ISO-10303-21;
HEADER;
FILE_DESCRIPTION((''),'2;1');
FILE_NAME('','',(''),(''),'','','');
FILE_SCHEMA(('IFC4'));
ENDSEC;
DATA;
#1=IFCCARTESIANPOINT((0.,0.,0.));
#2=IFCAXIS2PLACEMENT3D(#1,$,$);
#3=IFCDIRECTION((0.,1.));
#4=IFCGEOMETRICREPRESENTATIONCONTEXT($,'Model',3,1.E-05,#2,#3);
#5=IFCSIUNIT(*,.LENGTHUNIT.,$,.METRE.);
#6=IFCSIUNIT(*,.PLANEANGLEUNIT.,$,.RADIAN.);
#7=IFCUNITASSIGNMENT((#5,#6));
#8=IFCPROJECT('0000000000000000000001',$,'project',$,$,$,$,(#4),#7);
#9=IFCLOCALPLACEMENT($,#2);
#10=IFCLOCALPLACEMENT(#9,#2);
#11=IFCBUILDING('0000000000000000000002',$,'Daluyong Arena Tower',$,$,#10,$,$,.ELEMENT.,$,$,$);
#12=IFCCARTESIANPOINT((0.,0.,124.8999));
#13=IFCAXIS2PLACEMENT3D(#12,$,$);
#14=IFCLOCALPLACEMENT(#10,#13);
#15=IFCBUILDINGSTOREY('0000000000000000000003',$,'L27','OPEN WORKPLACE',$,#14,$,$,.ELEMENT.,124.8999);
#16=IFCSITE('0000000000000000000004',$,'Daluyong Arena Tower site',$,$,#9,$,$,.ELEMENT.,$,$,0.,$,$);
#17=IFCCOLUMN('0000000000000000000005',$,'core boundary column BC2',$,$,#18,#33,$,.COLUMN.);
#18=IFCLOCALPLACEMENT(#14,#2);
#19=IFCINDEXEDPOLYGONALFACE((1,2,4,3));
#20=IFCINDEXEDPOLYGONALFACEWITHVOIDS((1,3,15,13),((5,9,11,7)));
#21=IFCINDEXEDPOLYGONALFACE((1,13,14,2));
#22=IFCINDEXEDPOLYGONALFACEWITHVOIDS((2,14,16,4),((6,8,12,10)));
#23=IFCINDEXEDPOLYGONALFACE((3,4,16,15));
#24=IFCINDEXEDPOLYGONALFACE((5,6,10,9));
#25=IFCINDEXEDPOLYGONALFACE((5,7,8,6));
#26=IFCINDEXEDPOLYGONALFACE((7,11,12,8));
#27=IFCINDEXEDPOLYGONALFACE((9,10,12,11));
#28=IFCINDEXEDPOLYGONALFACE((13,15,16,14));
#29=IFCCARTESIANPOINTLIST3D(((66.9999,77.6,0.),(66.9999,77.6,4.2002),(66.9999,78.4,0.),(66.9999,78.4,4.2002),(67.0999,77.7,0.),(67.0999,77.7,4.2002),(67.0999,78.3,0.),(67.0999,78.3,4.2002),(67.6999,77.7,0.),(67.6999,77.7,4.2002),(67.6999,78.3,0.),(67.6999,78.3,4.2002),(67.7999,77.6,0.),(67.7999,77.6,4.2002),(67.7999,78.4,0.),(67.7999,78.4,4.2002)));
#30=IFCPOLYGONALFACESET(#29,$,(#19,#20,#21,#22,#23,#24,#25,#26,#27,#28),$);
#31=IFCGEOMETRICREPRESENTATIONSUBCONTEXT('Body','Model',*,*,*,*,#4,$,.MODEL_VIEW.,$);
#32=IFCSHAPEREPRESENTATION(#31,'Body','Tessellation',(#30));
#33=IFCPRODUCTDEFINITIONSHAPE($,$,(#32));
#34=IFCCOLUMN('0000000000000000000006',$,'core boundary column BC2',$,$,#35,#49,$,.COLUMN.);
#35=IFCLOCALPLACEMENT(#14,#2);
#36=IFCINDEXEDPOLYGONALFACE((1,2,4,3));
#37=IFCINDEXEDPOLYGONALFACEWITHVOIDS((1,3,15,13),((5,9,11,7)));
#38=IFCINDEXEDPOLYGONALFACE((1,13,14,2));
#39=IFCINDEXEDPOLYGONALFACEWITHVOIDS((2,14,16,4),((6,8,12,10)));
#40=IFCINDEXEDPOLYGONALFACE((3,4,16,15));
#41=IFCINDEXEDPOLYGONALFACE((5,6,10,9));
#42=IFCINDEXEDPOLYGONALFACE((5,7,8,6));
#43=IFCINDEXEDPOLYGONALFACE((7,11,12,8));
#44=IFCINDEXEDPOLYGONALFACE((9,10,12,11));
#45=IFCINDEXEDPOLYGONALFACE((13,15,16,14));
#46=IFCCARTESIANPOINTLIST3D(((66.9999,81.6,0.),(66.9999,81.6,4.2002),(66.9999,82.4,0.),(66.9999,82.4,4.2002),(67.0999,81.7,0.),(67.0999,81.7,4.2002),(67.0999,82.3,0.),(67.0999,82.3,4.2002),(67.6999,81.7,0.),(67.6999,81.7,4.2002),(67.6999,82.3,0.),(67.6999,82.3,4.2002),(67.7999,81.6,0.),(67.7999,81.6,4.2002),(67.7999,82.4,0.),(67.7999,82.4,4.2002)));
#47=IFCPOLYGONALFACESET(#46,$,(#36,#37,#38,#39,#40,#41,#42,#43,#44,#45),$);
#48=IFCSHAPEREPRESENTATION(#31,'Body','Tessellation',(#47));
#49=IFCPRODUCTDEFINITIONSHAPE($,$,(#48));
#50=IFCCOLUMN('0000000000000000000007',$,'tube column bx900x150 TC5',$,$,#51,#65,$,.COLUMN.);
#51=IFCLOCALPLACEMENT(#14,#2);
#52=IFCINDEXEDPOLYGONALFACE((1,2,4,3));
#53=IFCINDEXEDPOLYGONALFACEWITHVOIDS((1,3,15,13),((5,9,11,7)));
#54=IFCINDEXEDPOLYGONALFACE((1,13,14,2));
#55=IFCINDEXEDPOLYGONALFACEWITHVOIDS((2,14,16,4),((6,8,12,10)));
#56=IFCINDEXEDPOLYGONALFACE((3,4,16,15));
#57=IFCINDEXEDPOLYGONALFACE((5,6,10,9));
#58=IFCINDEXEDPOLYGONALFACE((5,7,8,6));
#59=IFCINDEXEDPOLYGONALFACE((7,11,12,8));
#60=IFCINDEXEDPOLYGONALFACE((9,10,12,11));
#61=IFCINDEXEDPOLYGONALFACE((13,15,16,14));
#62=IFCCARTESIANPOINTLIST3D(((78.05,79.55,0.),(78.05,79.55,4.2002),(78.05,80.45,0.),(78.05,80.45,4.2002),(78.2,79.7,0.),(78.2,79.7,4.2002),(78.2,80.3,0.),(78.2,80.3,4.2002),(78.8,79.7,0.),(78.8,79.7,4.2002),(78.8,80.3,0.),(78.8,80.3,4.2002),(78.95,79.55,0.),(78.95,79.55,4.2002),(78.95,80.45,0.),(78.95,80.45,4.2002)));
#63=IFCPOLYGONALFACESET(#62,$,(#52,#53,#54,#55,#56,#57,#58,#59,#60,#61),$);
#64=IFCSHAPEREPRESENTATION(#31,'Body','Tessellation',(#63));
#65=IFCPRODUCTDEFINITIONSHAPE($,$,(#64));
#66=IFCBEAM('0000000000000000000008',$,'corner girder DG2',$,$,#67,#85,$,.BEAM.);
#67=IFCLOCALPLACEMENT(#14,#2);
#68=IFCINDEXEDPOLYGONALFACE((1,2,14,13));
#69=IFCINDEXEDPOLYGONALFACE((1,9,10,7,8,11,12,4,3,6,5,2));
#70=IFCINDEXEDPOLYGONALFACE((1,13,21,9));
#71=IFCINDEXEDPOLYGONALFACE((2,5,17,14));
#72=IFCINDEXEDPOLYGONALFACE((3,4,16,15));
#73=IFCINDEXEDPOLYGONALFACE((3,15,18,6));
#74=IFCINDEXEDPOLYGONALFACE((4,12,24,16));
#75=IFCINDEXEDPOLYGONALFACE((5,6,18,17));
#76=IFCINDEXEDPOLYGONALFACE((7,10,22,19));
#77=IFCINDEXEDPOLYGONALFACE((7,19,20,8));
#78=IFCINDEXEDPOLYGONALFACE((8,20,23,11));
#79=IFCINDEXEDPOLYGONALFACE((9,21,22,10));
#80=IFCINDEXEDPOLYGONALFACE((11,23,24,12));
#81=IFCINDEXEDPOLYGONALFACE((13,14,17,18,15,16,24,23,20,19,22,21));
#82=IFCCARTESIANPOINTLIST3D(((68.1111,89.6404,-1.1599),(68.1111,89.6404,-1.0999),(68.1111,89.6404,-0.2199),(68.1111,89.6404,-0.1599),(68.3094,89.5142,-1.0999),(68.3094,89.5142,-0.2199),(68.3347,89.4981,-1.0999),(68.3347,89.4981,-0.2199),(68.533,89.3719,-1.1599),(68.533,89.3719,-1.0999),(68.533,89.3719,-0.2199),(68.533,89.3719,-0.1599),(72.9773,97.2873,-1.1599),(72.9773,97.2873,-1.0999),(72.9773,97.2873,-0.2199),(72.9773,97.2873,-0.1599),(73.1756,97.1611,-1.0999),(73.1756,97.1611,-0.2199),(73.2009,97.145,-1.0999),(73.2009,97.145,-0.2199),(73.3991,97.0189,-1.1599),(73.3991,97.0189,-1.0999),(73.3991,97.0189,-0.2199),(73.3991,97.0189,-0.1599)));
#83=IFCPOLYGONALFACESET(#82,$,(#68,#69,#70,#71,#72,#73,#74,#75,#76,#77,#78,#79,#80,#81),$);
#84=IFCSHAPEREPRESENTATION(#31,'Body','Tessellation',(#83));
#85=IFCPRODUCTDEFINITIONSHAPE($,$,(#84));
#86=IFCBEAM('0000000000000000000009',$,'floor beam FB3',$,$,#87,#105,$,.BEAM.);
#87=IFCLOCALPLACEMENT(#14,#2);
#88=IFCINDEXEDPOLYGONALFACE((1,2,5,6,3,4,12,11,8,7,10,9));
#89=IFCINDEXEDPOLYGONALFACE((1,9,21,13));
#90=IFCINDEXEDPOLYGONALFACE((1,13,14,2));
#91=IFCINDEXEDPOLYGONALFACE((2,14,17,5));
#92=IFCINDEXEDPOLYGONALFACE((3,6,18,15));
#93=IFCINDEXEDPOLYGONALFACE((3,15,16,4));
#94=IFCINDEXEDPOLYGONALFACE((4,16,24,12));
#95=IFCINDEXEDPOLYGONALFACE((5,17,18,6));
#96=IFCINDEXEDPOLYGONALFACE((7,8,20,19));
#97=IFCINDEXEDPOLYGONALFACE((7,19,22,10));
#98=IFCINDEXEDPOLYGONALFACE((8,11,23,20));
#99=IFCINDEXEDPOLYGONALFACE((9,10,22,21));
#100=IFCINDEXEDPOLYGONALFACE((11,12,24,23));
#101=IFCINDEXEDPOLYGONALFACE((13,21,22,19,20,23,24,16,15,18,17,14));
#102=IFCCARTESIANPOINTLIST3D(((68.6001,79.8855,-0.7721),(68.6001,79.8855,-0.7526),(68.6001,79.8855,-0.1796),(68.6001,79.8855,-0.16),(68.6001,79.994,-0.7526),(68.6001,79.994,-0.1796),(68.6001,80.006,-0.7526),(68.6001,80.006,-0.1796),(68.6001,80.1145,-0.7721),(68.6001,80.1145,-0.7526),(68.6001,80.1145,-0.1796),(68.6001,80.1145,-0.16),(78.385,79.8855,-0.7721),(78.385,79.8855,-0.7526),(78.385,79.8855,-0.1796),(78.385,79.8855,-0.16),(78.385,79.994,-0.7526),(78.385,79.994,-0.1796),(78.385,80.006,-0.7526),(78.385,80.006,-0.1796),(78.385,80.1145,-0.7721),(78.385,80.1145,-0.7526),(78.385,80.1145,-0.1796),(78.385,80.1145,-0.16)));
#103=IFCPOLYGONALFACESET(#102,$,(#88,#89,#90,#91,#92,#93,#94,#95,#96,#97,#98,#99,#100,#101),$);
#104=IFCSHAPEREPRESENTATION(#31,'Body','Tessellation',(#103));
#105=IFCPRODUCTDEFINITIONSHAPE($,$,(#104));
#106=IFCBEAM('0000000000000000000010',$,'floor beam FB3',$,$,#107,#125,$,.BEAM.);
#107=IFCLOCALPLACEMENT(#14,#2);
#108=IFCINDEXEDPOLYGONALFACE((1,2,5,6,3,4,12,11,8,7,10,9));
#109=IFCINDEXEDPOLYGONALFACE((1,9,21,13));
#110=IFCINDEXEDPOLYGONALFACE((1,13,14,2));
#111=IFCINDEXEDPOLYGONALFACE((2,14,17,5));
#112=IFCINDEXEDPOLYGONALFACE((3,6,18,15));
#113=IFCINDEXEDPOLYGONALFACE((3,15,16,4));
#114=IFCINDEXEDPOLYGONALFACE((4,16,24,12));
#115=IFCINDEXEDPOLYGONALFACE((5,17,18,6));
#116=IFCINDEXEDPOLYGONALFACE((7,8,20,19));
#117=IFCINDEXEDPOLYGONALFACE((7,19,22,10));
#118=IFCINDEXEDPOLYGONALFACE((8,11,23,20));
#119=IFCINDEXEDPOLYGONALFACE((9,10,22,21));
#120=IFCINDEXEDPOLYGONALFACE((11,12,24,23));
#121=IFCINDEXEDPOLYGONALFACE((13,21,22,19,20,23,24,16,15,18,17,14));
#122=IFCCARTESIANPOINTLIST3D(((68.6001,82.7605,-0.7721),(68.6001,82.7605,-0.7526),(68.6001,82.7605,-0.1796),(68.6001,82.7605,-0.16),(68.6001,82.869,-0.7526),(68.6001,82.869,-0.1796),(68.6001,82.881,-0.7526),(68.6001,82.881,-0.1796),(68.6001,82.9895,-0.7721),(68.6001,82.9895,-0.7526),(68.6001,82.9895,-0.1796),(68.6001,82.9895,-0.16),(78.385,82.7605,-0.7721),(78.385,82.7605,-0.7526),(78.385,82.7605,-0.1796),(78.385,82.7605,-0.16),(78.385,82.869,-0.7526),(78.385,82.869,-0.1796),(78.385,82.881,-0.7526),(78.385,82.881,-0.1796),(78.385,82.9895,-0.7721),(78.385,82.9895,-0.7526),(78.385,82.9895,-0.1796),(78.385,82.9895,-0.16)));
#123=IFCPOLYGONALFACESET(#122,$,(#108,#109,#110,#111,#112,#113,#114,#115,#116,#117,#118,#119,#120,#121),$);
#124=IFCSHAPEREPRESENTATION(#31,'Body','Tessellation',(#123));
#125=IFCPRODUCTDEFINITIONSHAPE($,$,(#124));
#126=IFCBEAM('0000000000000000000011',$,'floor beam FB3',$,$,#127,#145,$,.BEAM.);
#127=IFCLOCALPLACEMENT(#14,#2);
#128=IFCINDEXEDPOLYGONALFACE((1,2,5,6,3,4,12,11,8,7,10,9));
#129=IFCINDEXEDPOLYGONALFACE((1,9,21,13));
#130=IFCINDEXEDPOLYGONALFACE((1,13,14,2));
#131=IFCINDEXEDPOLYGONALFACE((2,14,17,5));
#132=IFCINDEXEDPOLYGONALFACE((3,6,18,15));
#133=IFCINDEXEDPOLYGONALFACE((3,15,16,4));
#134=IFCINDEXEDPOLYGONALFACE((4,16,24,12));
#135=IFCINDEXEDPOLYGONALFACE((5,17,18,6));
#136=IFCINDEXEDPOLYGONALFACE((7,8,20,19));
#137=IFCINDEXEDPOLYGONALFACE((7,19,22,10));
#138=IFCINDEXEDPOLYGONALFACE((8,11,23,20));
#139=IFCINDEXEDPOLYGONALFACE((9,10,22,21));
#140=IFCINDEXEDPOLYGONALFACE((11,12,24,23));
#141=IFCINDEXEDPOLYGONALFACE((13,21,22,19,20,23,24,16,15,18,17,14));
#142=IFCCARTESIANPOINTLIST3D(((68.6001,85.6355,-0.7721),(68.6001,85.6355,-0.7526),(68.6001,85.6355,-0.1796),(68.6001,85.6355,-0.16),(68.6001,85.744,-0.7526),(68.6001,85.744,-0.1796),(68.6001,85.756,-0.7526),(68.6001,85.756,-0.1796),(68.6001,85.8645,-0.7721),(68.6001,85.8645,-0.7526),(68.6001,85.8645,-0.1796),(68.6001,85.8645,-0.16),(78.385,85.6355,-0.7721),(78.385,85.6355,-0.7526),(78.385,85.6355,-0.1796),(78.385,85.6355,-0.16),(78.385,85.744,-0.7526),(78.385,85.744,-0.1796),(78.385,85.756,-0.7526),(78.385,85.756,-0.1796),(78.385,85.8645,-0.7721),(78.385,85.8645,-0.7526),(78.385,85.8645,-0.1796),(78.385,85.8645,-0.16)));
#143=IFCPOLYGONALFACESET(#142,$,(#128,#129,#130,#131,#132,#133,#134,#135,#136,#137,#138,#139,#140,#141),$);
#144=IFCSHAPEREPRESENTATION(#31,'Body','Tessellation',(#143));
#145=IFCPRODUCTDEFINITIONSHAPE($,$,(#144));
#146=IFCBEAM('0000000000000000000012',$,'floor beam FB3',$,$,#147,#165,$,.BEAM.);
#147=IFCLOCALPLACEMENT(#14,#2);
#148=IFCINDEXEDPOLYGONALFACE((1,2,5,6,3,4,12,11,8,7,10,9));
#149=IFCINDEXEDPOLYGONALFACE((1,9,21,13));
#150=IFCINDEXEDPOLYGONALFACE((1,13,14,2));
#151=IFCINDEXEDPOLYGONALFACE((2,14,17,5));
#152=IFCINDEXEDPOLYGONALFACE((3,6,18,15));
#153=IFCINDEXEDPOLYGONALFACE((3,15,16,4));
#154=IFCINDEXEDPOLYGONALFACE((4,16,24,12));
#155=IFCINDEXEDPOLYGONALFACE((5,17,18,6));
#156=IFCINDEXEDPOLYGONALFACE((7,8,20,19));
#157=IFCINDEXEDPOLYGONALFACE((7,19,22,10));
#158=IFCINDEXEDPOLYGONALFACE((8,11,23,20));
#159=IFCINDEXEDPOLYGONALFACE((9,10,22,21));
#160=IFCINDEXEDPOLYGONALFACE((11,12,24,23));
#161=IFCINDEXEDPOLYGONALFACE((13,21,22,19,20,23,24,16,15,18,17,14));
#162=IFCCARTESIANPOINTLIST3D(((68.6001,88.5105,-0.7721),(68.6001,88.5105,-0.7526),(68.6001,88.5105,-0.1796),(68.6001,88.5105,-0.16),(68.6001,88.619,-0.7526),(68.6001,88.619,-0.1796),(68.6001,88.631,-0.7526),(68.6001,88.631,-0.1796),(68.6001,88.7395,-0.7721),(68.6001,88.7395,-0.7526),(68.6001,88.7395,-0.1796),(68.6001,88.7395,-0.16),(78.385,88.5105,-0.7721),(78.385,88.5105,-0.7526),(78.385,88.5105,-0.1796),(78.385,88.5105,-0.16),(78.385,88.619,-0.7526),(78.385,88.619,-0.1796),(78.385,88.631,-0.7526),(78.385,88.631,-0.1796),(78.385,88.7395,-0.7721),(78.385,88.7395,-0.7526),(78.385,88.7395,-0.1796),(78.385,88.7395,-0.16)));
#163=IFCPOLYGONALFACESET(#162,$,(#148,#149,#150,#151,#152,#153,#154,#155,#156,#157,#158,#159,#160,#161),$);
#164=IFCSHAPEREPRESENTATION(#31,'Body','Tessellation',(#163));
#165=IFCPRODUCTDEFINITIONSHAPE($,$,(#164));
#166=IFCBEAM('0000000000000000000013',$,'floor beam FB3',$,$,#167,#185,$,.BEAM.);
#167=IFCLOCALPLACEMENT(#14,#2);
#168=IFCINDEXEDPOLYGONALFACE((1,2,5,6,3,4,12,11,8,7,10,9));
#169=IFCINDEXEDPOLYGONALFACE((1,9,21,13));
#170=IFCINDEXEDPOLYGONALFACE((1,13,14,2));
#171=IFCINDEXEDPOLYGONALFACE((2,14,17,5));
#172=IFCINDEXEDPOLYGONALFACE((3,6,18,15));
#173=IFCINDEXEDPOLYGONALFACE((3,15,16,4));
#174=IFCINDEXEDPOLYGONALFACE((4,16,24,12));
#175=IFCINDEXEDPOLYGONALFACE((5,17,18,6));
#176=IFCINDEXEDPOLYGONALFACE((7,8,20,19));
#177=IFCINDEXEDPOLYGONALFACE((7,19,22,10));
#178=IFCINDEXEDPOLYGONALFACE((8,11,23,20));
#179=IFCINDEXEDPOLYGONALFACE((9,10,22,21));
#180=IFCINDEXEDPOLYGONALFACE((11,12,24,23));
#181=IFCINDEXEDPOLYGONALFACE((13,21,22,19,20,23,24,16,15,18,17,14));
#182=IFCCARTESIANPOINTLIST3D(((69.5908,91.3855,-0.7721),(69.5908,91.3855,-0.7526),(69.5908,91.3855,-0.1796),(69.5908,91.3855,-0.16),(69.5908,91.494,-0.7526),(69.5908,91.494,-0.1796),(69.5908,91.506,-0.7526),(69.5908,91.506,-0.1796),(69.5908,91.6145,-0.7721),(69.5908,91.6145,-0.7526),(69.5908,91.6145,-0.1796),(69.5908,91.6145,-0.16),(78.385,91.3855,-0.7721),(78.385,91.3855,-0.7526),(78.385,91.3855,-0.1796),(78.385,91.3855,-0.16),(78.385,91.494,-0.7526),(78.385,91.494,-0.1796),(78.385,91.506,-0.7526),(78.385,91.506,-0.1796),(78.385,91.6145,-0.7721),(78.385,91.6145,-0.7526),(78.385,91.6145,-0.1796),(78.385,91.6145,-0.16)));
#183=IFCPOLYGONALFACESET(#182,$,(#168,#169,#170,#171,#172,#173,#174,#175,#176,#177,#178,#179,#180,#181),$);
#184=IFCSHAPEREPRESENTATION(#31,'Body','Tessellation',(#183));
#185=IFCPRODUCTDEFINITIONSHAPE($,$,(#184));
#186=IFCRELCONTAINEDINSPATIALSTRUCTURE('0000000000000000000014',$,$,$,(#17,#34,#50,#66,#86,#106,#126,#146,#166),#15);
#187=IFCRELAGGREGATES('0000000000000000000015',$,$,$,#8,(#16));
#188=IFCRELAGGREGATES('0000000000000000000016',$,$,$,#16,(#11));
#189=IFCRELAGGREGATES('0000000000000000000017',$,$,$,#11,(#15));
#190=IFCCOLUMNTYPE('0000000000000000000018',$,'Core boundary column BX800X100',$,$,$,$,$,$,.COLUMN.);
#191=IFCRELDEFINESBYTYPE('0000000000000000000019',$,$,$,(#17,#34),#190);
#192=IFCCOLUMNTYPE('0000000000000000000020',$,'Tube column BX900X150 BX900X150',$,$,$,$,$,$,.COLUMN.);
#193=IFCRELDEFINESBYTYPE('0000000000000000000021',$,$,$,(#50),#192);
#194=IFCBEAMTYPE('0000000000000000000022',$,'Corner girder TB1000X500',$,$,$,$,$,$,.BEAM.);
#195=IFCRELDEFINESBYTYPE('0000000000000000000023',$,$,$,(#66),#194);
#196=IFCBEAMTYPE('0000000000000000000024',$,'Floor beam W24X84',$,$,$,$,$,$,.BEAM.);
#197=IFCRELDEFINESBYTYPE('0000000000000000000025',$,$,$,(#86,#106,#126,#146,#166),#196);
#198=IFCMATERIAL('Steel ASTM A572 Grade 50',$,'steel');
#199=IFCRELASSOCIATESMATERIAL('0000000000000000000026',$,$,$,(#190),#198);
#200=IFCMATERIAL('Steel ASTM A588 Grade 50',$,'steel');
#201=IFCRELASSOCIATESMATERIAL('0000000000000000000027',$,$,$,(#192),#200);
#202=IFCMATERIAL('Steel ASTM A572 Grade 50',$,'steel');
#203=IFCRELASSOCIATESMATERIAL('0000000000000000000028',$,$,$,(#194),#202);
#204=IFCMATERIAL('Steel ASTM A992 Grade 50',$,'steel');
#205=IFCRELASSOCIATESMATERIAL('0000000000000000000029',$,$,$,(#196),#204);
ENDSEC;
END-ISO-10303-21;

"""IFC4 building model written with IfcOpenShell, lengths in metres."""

from ifc_helpers import new_model, si_unit, direction, frame, origin, origin_2d, place, context, subcontext, project, spatial, hollow_rectangle, i_section, extrude, material, material_profile, profile_set, type_object, element, save


model = new_model("IFC4")

# Units and contexts
model_context = context("Model", 3, precision=1e-05, world=origin(), true_north=direction((0.0, 1.0)))
body_context = subcontext(model_context, "Body", "Model", "MODEL_VIEW")
ifc_project = project(units=[si_unit("LENGTHUNIT", "METRE"), si_unit("PLANEANGLEUNIT", "RADIAN")], contexts=[model_context])

# Site, building, storey
site_placement = place(None, origin())
site = spatial("IfcSite", under=ifc_project, at=site_placement, Name="Daluyong Arena Tower site", CompositionType="ELEMENT", RefElevation=0.0)
building_placement = place(site_placement, origin())
building = spatial("IfcBuilding", under=site, at=building_placement, Name="Daluyong Arena Tower", CompositionType="ELEMENT")
storey_placement = place(building_placement, frame((0.0, 0.0, 124.8999)))
storey = spatial("IfcBuildingStorey", under=building, at=storey_placement, Name="L27", Description="OPEN WORKPLACE", CompositionType="ELEMENT", Elevation=124.8999)

# Columns
ifc_material_1 = material(Name="Steel ASTM A572 Grade 50", Category="steel")
ifc_material_profile_1 = material_profile(ifc_material_1, hollow_rectangle(XDim=0.8, YDim=0.8, WallThickness=0.1, at=origin_2d()))
ifc_profile_set_1 = profile_set([ifc_material_profile_1], Name="Steel ASTM A572 Grade 50")
column_type_1 = type_object("IfcColumnType", Name="Core boundary column BX800X100", PredefinedType="COLUMN", material=ifc_profile_set_1)
for number, where, z_axis, x_axis, name in (
    (1, (67.3999, 78.0, 0.0), (0.0, 0.0, 1.0), (1.0, 0.0, 0.0), "core boundary column BC2"),
    (2, (67.3999, 82.0, 0.0), (0.0, 0.0, 1.0), (1.0, 0.0, 0.0), "core boundary column BC2"),
):
    element("IfcColumn", number, at=place(storey_placement, frame(where, z_axis=z_axis, x_axis=x_axis)), inside=storey, type_object=column_type_1, Name=name, PredefinedType="COLUMN", context=body_context, shape_type="SweptSolid", body=[
        extrude(hollow_rectangle(XDim=0.8, YDim=0.8, WallThickness=0.1, at=origin_2d()), origin(), (0.0, 0.0, 1.0), 4.2002),
    ])
ifc_material_2 = material(Name="Steel ASTM A588 Grade 50", Category="steel")
ifc_material_profile_2 = material_profile(ifc_material_2, hollow_rectangle(XDim=0.8999, YDim=0.8999, WallThickness=0.15, at=origin_2d()))
ifc_profile_set_2 = profile_set([ifc_material_profile_2], Name="Steel ASTM A588 Grade 50")
column_type_2 = type_object("IfcColumnType", Name="Tube column BX900X150 BX900X150", PredefinedType="COLUMN", material=ifc_profile_set_2)
column_placement = place(storey_placement, frame((78.5, 80.0, 0.0), z_axis=(0.0, 0.0, 1.0), x_axis=(0.0, 1.0, 0.0)))
element("IfcColumn", 3, at=column_placement, inside=storey, type_object=column_type_2, Name="tube column bx900x150 TC5", PredefinedType="COLUMN", context=body_context, shape_type="SweptSolid", body=[
    extrude(hollow_rectangle(XDim=0.8999, YDim=0.8999, WallThickness=0.15, at=origin_2d()), origin(), (0.0, 0.0, 1.0), 4.2002),
])

# Beams
ifc_material_3 = material(Name="Steel ASTM A572 Grade 50", Category="steel")
ifc_material_profile_3 = material_profile(ifc_material_3, i_section(OverallWidth=0.5, OverallDepth=1.0, WebThickness=0.03, FlangeThickness=0.06, at=origin_2d()))
ifc_profile_set_3 = profile_set([ifc_material_profile_3], Name="Steel ASTM A572 Grade 50")
beam_type_1 = type_object("IfcBeamType", Name="Corner girder TB1000X500", PredefinedType="BEAM", material=ifc_profile_set_3)
beam_1_placement = place(storey_placement, frame((73.1882, 97.1531, -0.6599), z_axis=(-0.536872, -0.843664, 0.0), x_axis=(0.843664, -0.536872, 0.0)))
element("IfcBeam", 4, at=beam_1_placement, inside=storey, type_object=beam_type_1, Name="corner girder DG2", PredefinedType="BEAM", context=body_context, shape_type="SweptSolid", body=[
    extrude(i_section(OverallWidth=0.5, OverallDepth=1.0, WebThickness=0.03, FlangeThickness=0.06, at=origin_2d()), origin(), (0.0, 0.0, 1.0), 9.064),
])
ifc_material_4 = material(Name="Steel ASTM A992 Grade 50", Category="steel")
ifc_material_profile_4 = material_profile(ifc_material_4, i_section(OverallWidth=0.229, OverallDepth=0.6121, WebThickness=0.012, FlangeThickness=0.0195, at=origin_2d()))
ifc_profile_set_4 = profile_set([ifc_material_profile_4], Name="Steel ASTM A992 Grade 50")
beam_type_2 = type_object("IfcBeamType", Name="Floor beam W24X84", PredefinedType="BEAM", material=ifc_profile_set_4)
for number, where, z_axis, x_axis, name in (
    (5, (78.385, 80.0, -0.4661), (-1.0, 0.0, 0.0), (0.0, -1.0, 0.0), "floor beam FB3"),
    (6, (78.385, 82.875, -0.4661), (-1.0, 0.0, 0.0), (0.0, -1.0, 0.0), "floor beam FB3"),
    (7, (78.385, 85.75, -0.4661), (-1.0, 0.0, 0.0), (0.0, -1.0, 0.0), "floor beam FB3"),
    (8, (78.385, 88.625, -0.4661), (-1.0, 0.0, 0.0), (0.0, -1.0, 0.0), "floor beam FB3"),
):
    element("IfcBeam", number, at=place(storey_placement, frame(where, z_axis=z_axis, x_axis=x_axis)), inside=storey, type_object=beam_type_2, Name=name, PredefinedType="BEAM", context=body_context, shape_type="SweptSolid", body=[
        extrude(i_section(OverallWidth=0.229, OverallDepth=0.6121, WebThickness=0.012, FlangeThickness=0.0195, at=origin_2d()), origin(), (0.0, 0.0, 1.0), 9.7849),
    ])
beam_2_placement = place(storey_placement, frame((78.385, 91.5, -0.4661), z_axis=(-1.0, 0.0, 0.0), x_axis=(0.0, -1.0, 0.0)))
element("IfcBeam", 9, at=beam_2_placement, inside=storey, type_object=beam_type_2, Name="floor beam FB3", PredefinedType="BEAM", context=body_context, shape_type="SweptSolid", body=[
    extrude(i_section(OverallWidth=0.229, OverallDepth=0.6121, WebThickness=0.012, FlangeThickness=0.0195, at=origin_2d()), origin(), (0.0, 0.0, 1.0), 8.7942),
])

save(model, "model.ifc")
